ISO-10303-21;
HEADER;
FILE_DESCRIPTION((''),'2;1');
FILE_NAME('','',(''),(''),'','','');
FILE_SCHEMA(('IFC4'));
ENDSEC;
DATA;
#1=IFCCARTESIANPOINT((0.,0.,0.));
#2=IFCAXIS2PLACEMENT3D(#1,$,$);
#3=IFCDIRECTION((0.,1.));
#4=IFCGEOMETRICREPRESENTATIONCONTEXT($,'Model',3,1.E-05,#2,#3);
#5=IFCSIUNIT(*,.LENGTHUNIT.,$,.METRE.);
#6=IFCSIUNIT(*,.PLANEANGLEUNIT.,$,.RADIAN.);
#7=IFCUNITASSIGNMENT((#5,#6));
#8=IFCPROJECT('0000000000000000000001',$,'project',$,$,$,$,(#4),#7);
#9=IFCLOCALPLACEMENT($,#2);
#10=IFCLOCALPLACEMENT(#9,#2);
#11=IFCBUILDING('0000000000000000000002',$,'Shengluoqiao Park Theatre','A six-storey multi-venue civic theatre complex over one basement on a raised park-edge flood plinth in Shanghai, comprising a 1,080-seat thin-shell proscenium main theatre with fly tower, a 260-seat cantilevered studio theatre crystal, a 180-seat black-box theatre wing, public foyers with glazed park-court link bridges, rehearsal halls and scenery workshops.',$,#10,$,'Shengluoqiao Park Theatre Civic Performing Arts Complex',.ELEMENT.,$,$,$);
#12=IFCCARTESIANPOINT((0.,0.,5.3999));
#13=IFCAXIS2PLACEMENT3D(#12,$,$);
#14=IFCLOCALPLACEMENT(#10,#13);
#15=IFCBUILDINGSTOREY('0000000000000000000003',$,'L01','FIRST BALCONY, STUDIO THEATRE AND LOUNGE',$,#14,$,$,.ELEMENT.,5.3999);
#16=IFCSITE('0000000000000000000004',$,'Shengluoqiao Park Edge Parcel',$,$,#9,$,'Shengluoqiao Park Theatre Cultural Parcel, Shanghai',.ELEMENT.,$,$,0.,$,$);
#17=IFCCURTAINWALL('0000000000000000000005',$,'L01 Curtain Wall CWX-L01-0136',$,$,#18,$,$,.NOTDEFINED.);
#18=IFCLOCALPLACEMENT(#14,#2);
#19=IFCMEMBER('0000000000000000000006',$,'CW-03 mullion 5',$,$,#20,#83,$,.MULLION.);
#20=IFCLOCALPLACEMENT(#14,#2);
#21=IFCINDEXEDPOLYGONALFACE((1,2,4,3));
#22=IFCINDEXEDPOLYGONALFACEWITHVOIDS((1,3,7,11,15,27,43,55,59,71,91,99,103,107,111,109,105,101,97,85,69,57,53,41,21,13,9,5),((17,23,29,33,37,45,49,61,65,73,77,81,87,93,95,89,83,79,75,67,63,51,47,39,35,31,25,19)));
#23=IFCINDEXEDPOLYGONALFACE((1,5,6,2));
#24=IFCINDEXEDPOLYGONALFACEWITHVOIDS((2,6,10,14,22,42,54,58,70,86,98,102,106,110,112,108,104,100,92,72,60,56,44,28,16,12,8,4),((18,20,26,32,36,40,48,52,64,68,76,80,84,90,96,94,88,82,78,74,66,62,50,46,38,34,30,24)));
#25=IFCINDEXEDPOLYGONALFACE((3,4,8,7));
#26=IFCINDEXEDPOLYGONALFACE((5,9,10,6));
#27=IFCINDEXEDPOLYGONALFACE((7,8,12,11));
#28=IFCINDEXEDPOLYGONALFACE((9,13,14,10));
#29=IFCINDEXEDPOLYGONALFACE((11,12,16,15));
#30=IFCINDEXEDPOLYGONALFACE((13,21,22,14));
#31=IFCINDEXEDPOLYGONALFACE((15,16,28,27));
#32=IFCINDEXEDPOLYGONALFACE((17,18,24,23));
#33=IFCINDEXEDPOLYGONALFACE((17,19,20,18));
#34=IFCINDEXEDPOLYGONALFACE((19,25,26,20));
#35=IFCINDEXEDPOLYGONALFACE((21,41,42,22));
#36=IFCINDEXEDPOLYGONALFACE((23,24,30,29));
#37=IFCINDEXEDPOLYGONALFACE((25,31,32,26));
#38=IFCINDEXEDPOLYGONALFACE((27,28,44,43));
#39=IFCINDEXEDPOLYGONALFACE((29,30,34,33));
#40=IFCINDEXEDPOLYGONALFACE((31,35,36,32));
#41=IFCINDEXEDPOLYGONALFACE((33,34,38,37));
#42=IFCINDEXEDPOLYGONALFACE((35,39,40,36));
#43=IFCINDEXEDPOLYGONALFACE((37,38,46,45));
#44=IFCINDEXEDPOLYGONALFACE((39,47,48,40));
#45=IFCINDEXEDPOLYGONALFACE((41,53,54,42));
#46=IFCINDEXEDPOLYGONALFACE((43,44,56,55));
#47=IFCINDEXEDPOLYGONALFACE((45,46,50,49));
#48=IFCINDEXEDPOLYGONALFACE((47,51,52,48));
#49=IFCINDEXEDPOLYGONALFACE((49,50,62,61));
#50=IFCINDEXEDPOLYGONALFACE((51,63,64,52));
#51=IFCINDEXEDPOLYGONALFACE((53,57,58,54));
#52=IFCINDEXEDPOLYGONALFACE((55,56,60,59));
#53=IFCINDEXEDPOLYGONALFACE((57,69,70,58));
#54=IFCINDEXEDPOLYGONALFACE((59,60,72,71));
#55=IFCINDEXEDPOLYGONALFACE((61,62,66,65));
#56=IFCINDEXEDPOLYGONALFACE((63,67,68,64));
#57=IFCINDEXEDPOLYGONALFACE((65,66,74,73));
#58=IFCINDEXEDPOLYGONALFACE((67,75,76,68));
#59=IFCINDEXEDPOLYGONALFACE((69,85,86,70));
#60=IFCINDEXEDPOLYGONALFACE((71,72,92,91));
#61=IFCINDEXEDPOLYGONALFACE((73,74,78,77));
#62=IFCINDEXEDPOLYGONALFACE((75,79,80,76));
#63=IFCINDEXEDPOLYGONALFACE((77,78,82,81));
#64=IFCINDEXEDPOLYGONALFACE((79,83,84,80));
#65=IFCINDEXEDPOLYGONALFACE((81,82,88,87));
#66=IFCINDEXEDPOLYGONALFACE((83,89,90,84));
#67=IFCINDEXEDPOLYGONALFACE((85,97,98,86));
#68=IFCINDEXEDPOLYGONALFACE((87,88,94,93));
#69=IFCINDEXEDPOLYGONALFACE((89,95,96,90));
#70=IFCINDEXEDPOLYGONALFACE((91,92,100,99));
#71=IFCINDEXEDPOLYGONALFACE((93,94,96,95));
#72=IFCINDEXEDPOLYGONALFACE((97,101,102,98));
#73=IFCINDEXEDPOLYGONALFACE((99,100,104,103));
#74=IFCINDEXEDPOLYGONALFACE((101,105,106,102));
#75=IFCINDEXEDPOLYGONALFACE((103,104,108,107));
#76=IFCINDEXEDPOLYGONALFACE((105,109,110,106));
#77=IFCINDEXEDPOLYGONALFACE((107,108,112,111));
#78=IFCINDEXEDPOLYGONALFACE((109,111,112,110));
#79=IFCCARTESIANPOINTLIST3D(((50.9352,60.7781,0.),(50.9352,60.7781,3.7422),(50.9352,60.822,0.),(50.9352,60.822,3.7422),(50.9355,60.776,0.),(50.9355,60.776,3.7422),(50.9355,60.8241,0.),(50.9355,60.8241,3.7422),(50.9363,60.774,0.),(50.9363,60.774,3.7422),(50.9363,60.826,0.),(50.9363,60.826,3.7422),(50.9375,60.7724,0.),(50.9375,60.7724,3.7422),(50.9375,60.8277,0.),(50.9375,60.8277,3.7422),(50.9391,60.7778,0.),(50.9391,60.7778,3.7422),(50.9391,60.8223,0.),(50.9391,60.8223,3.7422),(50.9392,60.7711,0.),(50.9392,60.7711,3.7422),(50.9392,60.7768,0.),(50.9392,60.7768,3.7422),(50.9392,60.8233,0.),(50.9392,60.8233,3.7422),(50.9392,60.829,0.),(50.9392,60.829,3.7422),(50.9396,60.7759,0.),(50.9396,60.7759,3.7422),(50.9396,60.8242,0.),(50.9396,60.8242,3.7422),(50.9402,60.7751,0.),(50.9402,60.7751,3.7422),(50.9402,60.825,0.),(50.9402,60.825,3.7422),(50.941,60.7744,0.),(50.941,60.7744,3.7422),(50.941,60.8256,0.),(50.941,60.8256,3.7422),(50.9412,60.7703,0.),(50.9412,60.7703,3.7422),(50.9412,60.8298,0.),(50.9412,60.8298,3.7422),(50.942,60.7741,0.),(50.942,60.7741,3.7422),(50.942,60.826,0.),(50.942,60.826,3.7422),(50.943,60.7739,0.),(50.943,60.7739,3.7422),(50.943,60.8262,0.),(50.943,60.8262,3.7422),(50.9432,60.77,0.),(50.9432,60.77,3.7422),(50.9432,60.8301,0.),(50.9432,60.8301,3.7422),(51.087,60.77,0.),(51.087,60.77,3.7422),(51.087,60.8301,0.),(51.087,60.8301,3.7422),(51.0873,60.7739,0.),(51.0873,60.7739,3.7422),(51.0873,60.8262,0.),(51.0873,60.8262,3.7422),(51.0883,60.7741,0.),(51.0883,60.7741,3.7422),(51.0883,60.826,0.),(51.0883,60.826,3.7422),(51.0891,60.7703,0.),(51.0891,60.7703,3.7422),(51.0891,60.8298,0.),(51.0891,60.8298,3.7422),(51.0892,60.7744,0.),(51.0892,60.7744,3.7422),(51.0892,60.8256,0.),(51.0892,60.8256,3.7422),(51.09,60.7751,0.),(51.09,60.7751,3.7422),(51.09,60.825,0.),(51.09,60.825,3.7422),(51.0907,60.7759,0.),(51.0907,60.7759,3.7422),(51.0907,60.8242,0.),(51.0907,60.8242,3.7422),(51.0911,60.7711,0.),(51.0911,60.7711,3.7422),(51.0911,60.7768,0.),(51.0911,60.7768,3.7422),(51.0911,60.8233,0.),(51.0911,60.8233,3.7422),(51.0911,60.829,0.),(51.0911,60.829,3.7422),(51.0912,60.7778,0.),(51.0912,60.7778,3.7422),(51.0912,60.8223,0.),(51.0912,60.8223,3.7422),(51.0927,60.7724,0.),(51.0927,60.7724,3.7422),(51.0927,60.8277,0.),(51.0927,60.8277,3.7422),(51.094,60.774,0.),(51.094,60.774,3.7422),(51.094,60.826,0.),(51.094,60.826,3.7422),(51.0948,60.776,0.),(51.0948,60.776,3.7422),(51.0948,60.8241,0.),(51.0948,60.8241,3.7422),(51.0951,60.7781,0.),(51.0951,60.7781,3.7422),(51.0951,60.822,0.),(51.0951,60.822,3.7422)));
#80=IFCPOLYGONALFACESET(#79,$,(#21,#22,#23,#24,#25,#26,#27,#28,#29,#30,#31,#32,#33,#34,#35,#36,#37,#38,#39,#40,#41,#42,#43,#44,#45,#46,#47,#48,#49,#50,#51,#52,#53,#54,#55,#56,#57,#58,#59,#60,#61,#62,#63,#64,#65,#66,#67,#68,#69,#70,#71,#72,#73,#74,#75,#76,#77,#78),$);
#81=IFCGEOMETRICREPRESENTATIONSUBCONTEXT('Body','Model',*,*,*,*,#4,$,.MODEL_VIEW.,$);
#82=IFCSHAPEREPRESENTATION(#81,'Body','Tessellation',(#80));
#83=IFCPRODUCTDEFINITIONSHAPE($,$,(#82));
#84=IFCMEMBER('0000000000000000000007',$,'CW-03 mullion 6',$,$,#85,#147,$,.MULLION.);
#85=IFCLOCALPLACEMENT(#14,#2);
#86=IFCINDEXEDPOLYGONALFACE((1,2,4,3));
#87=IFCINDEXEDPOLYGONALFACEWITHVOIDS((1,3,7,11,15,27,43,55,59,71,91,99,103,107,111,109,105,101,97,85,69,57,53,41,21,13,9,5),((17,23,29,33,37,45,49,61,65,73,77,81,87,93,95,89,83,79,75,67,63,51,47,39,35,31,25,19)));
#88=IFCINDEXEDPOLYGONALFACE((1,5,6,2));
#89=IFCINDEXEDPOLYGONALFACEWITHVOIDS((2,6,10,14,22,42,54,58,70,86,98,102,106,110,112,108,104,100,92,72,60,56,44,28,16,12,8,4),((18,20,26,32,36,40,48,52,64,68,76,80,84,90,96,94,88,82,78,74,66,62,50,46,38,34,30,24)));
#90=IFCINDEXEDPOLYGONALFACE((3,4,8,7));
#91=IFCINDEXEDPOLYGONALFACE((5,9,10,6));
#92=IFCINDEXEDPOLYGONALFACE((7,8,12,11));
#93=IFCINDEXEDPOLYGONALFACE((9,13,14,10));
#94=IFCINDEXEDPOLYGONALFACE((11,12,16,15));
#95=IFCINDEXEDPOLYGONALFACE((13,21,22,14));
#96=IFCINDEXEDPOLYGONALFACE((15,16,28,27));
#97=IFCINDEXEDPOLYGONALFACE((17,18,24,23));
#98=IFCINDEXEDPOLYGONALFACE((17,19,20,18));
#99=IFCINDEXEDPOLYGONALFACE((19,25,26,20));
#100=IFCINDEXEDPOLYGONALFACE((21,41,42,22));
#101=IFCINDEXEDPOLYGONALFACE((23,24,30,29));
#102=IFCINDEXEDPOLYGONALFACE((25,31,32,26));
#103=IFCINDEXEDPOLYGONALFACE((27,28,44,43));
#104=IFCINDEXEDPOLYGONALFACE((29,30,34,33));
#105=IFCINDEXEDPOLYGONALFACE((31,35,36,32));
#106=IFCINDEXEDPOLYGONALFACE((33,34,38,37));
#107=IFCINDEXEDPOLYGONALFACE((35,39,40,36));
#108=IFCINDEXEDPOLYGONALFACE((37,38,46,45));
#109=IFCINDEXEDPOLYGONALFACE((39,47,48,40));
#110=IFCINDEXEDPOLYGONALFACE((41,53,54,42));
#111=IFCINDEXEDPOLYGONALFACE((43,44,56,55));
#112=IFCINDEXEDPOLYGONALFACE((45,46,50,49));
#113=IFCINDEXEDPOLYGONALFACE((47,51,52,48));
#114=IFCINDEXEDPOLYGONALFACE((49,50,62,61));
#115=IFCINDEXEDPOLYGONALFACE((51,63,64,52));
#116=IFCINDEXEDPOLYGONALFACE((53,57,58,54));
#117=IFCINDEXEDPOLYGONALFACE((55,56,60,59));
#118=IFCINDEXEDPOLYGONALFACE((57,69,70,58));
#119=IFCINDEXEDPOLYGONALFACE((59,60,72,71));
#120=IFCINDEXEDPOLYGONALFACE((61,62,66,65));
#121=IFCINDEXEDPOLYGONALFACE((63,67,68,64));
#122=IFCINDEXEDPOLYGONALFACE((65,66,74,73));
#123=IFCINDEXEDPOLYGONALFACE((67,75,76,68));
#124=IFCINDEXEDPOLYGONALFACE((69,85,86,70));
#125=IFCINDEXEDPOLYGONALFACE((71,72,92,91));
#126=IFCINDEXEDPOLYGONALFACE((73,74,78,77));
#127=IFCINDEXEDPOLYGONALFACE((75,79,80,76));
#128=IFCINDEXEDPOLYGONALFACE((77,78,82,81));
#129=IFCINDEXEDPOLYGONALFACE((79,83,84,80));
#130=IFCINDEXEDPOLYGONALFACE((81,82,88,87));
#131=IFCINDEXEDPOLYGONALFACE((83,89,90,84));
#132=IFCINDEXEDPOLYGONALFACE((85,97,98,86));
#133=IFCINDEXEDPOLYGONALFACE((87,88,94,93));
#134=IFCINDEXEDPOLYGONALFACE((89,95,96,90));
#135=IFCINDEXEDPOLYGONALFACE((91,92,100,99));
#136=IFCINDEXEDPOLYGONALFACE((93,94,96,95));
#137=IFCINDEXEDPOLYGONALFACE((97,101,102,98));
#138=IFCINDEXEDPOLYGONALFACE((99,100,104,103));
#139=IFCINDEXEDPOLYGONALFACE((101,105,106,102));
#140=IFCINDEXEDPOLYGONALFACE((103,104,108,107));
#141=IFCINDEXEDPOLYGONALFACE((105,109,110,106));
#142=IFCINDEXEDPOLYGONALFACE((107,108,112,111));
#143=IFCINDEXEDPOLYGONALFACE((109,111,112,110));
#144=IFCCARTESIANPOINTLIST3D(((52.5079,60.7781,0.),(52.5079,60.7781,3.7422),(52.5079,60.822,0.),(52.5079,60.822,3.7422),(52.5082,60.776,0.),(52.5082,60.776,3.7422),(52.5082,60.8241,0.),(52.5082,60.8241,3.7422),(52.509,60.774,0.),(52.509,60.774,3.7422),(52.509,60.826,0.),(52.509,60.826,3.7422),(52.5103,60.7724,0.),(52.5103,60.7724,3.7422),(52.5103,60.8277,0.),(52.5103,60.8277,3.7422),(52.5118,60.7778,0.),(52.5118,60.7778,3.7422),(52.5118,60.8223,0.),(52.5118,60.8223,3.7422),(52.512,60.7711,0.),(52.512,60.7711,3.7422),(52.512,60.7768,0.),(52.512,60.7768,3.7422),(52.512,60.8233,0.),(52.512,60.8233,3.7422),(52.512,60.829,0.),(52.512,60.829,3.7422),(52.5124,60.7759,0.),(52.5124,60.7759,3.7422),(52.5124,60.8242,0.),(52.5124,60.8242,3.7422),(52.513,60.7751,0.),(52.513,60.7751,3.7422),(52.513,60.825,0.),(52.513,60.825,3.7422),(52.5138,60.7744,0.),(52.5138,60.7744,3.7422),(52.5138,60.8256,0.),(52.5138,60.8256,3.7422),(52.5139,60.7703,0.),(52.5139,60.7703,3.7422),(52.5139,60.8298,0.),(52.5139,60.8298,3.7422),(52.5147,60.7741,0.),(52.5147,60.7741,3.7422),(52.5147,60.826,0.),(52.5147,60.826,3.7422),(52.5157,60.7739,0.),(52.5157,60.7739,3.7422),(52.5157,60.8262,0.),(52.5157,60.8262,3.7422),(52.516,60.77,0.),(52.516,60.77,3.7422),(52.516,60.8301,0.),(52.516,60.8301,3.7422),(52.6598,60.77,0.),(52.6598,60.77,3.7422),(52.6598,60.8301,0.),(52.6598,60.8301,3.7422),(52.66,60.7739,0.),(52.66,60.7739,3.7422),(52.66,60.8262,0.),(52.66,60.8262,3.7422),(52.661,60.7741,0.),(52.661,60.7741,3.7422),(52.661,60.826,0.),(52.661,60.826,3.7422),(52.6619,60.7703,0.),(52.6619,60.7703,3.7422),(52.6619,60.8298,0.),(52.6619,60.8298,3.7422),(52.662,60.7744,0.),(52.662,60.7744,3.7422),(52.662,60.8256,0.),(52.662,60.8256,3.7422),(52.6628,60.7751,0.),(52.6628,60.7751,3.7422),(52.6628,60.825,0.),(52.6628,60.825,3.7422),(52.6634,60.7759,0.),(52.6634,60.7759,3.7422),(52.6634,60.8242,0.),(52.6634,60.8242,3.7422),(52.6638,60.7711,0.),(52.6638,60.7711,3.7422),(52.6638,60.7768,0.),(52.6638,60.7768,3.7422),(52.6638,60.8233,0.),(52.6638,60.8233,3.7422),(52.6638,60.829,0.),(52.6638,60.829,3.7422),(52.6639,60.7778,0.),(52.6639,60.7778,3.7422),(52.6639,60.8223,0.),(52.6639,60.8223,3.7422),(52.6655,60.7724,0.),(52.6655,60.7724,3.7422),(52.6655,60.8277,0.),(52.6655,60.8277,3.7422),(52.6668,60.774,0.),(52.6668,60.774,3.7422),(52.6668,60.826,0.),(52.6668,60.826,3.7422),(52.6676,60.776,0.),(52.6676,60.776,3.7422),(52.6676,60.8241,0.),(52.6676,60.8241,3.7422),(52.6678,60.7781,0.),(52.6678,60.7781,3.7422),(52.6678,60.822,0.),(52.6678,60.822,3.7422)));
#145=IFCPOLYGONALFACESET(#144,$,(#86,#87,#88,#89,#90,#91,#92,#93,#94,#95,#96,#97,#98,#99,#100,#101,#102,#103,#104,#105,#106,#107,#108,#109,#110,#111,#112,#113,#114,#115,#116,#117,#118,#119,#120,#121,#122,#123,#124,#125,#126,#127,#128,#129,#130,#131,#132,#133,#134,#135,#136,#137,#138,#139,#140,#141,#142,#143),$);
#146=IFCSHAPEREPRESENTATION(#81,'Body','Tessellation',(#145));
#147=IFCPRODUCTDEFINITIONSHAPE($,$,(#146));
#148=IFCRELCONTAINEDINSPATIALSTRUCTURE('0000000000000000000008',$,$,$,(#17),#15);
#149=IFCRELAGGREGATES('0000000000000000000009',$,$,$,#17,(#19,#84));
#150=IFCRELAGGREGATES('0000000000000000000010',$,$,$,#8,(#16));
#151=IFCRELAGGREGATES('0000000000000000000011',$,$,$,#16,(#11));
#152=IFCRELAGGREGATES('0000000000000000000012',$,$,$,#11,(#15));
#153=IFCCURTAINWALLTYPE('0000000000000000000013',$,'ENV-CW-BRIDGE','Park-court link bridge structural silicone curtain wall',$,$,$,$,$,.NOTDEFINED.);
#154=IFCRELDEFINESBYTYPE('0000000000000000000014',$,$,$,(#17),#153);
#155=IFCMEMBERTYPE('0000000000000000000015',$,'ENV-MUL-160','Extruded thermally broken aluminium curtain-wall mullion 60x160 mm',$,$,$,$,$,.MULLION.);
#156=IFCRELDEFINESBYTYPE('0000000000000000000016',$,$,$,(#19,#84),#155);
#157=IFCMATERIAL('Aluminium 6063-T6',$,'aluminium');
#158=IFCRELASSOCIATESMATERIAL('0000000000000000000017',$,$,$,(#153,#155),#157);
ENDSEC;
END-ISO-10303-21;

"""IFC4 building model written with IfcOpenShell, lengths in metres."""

from ifc_helpers import new_model, si_unit, direction, frame, origin, origin_2d, place, context, subcontext, project, spatial, hollow_rectangle, extrude, material, material_profile, profile_set, type_object, element, aggregate, save


model = new_model("IFC4")

# Units and contexts
model_context = context("Model", 3, precision=1e-05, world=origin(), true_north=direction((0.0, 1.0)))
body_context = subcontext(model_context, "Body", "Model", "MODEL_VIEW")
ifc_project = project(units=[si_unit("LENGTHUNIT", "METRE"), si_unit("PLANEANGLEUNIT", "RADIAN")], contexts=[model_context])

# Site, building, storey
site_placement = place(None, origin())
site = spatial("IfcSite", under=ifc_project, at=site_placement, Name="Shengluoqiao Park Edge Parcel", LongName="Shengluoqiao Park Theatre Cultural Parcel, Shanghai", CompositionType="ELEMENT", RefElevation=0.0)
building_placement = place(site_placement, origin())
building = spatial("IfcBuilding", under=site, at=building_placement, Name="Shengluoqiao Park Theatre", Description="A six-storey multi-venue civic theatre complex over one basement on a raised park-edge flood plinth in Shanghai, comprising a 1,080-seat thin-shell proscenium main theatre with fly tower, a 260-seat cantilevered studio theatre crystal, a 180-seat black-box theatre wing, public foyers with glazed park-court link bridges, rehearsal halls and scenery workshops.", LongName="Shengluoqiao Park Theatre Civic Performing Arts Complex", CompositionType="ELEMENT")
storey_placement = place(building_placement, frame((0.0, 0.0, 5.3999)))
storey = spatial("IfcBuildingStorey", under=building, at=storey_placement, Name="L01", Description="FIRST BALCONY, STUDIO THEATRE AND LOUNGE", CompositionType="ELEMENT", Elevation=5.3999)

# Curtain wall, members
ifc_material_1 = material(Name="Aluminium 6063-T6", Category="aluminium")
curtain_wall_type = type_object("IfcCurtainWallType", Name="ENV-CW-BRIDGE", Description="Park-court link bridge structural silicone curtain wall", PredefinedType="NOTDEFINED", material=ifc_material_1)
curtain_wall_1_placement = place(storey_placement, origin())
curtain_wall_1 = element("IfcCurtainWall", 1, at=curtain_wall_1_placement, inside=storey, type_object=curtain_wall_type, Name="L01 Curtain Wall CWX-L01-0136", PredefinedType="NOTDEFINED")
ifc_material_profile_1 = material_profile(ifc_material_1, hollow_rectangle(XDim=0.0601, YDim=0.1599, WallThickness=0.0039, InnerFilletRadius=0.0039, OuterFilletRadius=0.0081, at=origin_2d()), Name="ALU MULLION 160x60x4")
ifc_profile_set_1 = profile_set([ifc_material_profile_1], Name="Aluminium 6063-T6")
member_type_1 = type_object("IfcMemberType", Name="ENV-MUL-160", Description="Extruded thermally broken aluminium curtain-wall mullion 60x160 mm", PredefinedType="MULLION", material=ifc_profile_set_1)
member_1_placement = place(storey_placement, frame((51.0151, 60.8, 0.0), z_axis=(0.0, 0.0, 1.0), x_axis=(0.0, 1.0, 0.0)))
member_1 = element("IfcMember", 2, at=member_1_placement, type_object=member_type_1, Name="CW-03 mullion 5", PredefinedType="MULLION", context=body_context, shape_type="SweptSolid", body=[
    extrude(hollow_rectangle(XDim=0.0601, YDim=0.1599, WallThickness=0.0039, InnerFilletRadius=0.0039, OuterFilletRadius=0.0081, at=origin_2d()), origin(), (0.0, 0.0, 1.0), 3.7422),
])
member_2_placement = place(storey_placement, frame((52.5879, 60.8, 0.0), z_axis=(0.0, 0.0, 1.0), x_axis=(0.0, 1.0, 0.0)))
member_2 = element("IfcMember", 3, at=member_2_placement, type_object=member_type_1, Name="CW-03 mullion 6", PredefinedType="MULLION", context=body_context, shape_type="SweptSolid", body=[
    extrude(hollow_rectangle(XDim=0.0601, YDim=0.1599, WallThickness=0.0039, InnerFilletRadius=0.0039, OuterFilletRadius=0.0081, at=origin_2d()), origin(), (0.0, 0.0, 1.0), 3.7422),
])

aggregate(curtain_wall_1, [member_1, member_2])

save(model, "model.ifc")
